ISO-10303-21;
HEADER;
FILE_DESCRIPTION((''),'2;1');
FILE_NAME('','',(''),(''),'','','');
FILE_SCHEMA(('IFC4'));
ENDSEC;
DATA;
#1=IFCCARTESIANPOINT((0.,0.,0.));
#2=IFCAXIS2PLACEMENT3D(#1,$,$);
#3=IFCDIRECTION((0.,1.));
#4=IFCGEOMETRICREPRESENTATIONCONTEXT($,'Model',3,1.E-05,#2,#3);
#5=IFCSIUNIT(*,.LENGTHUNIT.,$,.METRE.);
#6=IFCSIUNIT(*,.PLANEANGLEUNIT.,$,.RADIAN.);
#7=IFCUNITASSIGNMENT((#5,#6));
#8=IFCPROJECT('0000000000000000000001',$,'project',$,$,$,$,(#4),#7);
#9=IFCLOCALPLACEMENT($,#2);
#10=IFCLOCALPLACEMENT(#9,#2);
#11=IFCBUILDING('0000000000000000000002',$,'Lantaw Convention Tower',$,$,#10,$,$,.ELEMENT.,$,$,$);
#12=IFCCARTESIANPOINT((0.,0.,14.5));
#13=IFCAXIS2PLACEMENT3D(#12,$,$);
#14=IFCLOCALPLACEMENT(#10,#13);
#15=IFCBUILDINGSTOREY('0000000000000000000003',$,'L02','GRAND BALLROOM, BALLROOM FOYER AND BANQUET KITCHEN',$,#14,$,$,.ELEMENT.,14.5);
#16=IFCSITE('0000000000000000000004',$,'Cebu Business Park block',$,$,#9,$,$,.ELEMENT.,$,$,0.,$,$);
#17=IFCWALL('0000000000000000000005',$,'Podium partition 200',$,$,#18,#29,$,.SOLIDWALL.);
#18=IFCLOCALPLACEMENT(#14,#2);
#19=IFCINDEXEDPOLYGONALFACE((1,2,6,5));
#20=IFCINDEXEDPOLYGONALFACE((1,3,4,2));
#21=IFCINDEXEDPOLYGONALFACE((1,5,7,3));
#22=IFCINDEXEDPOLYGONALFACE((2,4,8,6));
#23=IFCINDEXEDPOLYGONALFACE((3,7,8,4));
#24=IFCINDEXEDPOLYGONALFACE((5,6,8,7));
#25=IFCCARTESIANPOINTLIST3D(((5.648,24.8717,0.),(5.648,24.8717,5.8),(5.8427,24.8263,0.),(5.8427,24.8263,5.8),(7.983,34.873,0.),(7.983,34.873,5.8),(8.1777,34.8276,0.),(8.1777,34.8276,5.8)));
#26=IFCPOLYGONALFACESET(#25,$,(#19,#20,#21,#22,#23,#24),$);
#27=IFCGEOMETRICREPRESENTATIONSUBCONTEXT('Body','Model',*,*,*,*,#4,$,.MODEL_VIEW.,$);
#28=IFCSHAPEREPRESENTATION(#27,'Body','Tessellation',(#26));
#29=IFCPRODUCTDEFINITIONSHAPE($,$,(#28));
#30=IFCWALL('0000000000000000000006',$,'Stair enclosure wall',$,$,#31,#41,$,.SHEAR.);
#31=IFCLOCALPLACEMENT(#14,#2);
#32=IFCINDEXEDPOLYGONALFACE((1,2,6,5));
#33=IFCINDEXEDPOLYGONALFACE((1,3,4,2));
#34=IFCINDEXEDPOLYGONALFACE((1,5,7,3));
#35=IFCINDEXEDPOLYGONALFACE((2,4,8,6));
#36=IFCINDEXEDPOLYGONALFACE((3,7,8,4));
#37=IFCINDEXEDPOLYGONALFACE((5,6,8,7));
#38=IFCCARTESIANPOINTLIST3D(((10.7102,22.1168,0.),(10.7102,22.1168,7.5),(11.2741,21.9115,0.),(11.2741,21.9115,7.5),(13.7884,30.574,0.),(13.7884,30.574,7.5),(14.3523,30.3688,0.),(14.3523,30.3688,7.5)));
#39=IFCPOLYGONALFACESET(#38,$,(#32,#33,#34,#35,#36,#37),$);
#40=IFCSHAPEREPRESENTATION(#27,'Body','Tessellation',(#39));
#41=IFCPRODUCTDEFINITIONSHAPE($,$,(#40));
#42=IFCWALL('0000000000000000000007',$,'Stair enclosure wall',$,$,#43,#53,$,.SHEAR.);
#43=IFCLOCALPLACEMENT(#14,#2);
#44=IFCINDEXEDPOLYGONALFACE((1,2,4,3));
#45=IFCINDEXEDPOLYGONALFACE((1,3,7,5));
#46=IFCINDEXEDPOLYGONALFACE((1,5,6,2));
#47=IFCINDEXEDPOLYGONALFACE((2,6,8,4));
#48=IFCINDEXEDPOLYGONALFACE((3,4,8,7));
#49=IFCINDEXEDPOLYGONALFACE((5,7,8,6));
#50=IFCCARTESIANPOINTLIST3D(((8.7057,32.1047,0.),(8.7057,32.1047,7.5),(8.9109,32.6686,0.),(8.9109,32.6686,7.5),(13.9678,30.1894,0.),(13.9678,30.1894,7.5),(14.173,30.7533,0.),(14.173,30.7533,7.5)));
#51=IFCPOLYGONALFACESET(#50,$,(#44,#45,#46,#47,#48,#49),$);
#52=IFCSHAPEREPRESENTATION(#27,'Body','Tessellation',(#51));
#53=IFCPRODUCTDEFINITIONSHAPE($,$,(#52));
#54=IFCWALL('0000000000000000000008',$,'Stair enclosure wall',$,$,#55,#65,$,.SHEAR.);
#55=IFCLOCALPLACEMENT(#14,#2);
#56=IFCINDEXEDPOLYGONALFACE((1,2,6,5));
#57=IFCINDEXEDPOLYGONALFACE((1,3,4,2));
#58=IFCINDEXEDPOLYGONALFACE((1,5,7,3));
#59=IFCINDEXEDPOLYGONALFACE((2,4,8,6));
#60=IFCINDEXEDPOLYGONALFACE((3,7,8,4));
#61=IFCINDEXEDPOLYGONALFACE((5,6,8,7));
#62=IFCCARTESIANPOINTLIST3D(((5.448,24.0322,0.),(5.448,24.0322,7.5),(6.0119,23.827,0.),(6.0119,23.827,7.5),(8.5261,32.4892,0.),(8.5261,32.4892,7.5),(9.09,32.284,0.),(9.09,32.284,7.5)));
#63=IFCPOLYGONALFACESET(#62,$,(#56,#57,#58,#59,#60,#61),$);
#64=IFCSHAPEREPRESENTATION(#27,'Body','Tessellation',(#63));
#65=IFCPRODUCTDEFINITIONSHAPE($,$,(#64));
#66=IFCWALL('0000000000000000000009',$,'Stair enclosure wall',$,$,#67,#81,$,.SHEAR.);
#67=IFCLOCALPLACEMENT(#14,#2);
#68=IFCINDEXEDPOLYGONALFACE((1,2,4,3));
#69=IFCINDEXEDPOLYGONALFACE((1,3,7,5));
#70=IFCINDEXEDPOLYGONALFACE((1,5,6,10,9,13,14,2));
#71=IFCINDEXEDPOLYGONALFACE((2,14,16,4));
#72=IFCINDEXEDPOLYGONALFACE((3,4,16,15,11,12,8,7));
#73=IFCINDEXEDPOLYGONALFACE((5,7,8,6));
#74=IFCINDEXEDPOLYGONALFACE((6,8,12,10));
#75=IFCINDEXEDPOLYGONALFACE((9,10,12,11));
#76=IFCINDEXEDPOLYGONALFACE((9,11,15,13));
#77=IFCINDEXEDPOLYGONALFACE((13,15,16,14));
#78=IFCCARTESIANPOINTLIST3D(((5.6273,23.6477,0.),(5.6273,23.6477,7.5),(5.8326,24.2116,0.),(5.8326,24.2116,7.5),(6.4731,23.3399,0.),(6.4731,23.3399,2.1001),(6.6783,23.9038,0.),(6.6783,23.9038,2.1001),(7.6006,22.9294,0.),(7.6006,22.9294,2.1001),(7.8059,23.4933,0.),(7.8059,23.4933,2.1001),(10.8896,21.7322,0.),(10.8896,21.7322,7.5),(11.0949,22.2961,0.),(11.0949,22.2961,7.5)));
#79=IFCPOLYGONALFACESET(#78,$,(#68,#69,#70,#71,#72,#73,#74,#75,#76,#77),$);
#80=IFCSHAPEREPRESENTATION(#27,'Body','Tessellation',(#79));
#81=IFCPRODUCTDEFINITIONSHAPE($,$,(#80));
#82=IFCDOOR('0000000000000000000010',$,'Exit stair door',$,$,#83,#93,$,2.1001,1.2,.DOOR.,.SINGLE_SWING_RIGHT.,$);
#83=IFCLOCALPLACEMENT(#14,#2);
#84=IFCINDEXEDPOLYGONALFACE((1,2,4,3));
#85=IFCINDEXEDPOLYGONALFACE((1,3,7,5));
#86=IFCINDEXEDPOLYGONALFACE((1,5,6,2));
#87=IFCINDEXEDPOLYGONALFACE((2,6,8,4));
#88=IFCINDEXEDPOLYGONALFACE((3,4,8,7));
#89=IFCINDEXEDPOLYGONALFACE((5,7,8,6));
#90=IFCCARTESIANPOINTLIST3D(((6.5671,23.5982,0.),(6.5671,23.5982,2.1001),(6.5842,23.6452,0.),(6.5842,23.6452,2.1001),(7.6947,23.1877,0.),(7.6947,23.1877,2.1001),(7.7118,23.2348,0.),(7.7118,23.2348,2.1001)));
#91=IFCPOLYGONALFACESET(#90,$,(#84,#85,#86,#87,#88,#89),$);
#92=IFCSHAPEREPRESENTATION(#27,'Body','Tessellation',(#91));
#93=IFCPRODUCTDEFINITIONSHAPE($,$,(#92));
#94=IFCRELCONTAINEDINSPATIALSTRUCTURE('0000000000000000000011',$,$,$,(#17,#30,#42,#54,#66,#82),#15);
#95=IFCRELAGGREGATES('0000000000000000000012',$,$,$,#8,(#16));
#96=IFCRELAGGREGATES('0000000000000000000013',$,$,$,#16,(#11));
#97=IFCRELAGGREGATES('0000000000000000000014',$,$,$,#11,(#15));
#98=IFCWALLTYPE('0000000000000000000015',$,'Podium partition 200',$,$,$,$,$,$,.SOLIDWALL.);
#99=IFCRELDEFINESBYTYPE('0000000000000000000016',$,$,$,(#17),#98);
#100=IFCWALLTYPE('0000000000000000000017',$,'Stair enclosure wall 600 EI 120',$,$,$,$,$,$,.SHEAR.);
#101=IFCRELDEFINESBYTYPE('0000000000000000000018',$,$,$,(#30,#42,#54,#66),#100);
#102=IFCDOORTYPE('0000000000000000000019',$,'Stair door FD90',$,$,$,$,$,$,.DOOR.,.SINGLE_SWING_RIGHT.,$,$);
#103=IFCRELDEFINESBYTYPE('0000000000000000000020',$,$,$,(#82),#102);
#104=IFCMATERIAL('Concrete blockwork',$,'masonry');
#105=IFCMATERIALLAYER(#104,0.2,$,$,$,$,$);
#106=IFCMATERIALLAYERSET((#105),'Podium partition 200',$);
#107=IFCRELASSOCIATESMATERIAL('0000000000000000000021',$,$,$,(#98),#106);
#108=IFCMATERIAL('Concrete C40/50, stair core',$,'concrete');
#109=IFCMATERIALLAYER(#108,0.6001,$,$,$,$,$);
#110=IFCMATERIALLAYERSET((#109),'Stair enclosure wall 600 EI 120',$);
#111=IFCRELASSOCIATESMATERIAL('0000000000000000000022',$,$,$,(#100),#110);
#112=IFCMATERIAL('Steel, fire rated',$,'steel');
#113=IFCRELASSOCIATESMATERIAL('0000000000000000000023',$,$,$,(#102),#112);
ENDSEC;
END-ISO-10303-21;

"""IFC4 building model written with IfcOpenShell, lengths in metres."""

from ifc_helpers import new_model, si_unit, direction, frame, frame_2d, origin, place, context, subcontext, project, spatial, rectangle, extrude, material, layer, layer_set, type_object, element, fill, save


model = new_model("IFC4")

# Units and contexts
model_context = context("Model", 3, precision=1e-05, world=origin(), true_north=direction((0.0, 1.0)))
body_context = subcontext(model_context, "Body", "Model", "MODEL_VIEW")
ifc_project = project(units=[si_unit("LENGTHUNIT", "METRE"), si_unit("PLANEANGLEUNIT", "RADIAN")], contexts=[model_context])

# Site, building, storey
site_placement = place(None, origin())
site = spatial("IfcSite", under=ifc_project, at=site_placement, Name="Cebu Business Park block", CompositionType="ELEMENT", RefElevation=0.0)
building_placement = place(site_placement, origin())
building = spatial("IfcBuilding", under=site, at=building_placement, Name="Lantaw Convention Tower", CompositionType="ELEMENT")
storey_placement = place(building_placement, frame((0.0, 0.0, 14.5)))
storey = spatial("IfcBuildingStorey", under=building, at=storey_placement, Name="L02", Description="GRAND BALLROOM, BALLROOM FOYER AND BANQUET KITCHEN", CompositionType="ELEMENT", Elevation=14.5)

# Walls
ifc_material_1 = material(Name="Concrete blockwork", Category="masonry")
ifc_layer_1 = layer(ifc_material_1, 0.2)
ifc_layer_set_1 = layer_set([ifc_layer_1], Name="Podium partition 200")
wall_type_1 = type_object("IfcWallType", Name="Podium partition 200", PredefinedType="SOLIDWALL", material=ifc_layer_set_1)
wall_1_placement = place(storey_placement, frame((5.7454, 24.8489, 0.0), z_axis=(0.0, 0.0, 1.0), x_axis=(0.227354, 0.973812, 0.0)))
element("IfcWall", 1, at=wall_1_placement, inside=storey, type_object=wall_type_1, Name="Podium partition 200", PredefinedType="SOLIDWALL", context=body_context, shape_type="SweptSolid", body=[
    extrude(rectangle(XDim=10.2703, YDim=0.2, at=frame_2d((5.1353, 0.0))), origin(), (0.0, 0.0, 1.0), 5.8),
])
ifc_material_2 = material(Name="Concrete C40/50, stair core", Category="concrete")
ifc_layer_2 = layer(ifc_material_2, 0.6001)
ifc_layer_set_2 = layer_set([ifc_layer_2], Name="Stair enclosure wall 600 EI 120")
wall_type_2 = type_object("IfcWallType", Name="Stair enclosure wall 600 EI 120", PredefinedType="SHEAR", material=ifc_layer_set_2)
wall_2_placement = place(storey_placement, frame((10.9922, 22.0142, 0.0), z_axis=(0.0, 0.0, 1.0), x_axis=(0.342013, 0.939695, 0.0)))
element("IfcWall", 2, at=wall_2_placement, inside=storey, type_object=wall_type_2, Name="Stair enclosure wall", PredefinedType="SHEAR", context=body_context, shape_type="SweptSolid", body=[
    extrude(rectangle(XDim=9.0, YDim=0.6001, at=frame_2d((4.5, 0.0))), origin(), (0.0, 0.0, 1.0), 7.5),
])
wall_3_placement = place(storey_placement, frame((14.0703, 30.4714, 0.0), z_axis=(0.0, 0.0, 1.0), x_axis=(-0.939693, 0.34202, 0.0)))
element("IfcWall", 3, at=wall_3_placement, inside=storey, type_object=wall_type_2, Name="Stair enclosure wall", PredefinedType="SHEAR", context=body_context, shape_type="SweptSolid", body=[
    extrude(rectangle(XDim=5.5999, YDim=0.6001, at=frame_2d((2.7998, 0.0))), origin(), (0.0, 0.0, 1.0), 7.5),
])
wall_4_placement = place(storey_placement, frame((8.8081, 32.3867, 0.0), z_axis=(0.0, 0.0, 1.0), x_axis=(-0.342022, -0.939692, 0.0)))
element("IfcWall", 4, at=wall_4_placement, inside=storey, type_object=wall_type_2, Name="Stair enclosure wall", PredefinedType="SHEAR", context=body_context, shape_type="SweptSolid", body=[
    extrude(rectangle(XDim=8.9998, YDim=0.6001, at=frame_2d((4.5, 0.0))), origin(), (0.0, 0.0, 1.0), 7.5),
])

# Wall, opening, door
wall_5_placement = place(storey_placement, frame((5.73, 23.9297, 0.0), z_axis=(0.0, 0.0, 1.0), x_axis=(0.939679, -0.342058, 0.0)))
wall_5 = element("IfcWall", 5, at=wall_5_placement, inside=storey, type_object=wall_type_2, Name="Stair enclosure wall", PredefinedType="SHEAR", context=body_context, shape_type="SweptSolid", body=[
    extrude(rectangle(XDim=5.6001, YDim=0.6001, at=frame_2d((2.8, 0.0))), origin(), (0.0, 0.0, 1.0), 7.5),
])
opening_1_placement = place(wall_5_placement, frame((0.8999, 0.0, 0.0)))
opening_1 = element("IfcOpeningElement", 6, at=opening_1_placement, cuts=wall_5, PredefinedType="OPENING", context=body_context, shape_type="SweptSolid", body=[
    extrude(rectangle(XDim=1.2, YDim=2.1001, at=frame_2d((0.6001, 1.05))), frame((0.0, 0.3101, 0.0), z_axis=(0.0, -1.0, 0.0), x_axis=(1.0, 0.0, 0.0)), (0.0, 0.0, 1.0), 0.6201),
])
ifc_material_3 = material(Name="Steel, fire rated", Category="steel")
door_type_1 = type_object("IfcDoorType", Name="Stair door FD90", OperationType="SINGLE_SWING_RIGHT", PredefinedType="DOOR", material=ifc_material_3)
door_1_placement = place(opening_1_placement, origin())
door_1 = element("IfcDoor", 7, at=door_1_placement, inside=storey, type_object=door_type_1, Name="Exit stair door", OperationType="SINGLE_SWING_RIGHT", OverallHeight=2.1001, OverallWidth=1.2, PredefinedType="DOOR", context=body_context, shape_type="SweptSolid", body=[
    extrude(rectangle(XDim=1.2, YDim=2.1001, at=frame_2d((0.6001, 1.05))), frame((0.0, 0.0249, 0.0), z_axis=(0.0, -1.0, 0.0), x_axis=(1.0, 0.0, 0.0)), (0.0, 0.0, 1.0), 0.05),
])
fill(opening_1, door_1)

save(model, "model.ifc")
